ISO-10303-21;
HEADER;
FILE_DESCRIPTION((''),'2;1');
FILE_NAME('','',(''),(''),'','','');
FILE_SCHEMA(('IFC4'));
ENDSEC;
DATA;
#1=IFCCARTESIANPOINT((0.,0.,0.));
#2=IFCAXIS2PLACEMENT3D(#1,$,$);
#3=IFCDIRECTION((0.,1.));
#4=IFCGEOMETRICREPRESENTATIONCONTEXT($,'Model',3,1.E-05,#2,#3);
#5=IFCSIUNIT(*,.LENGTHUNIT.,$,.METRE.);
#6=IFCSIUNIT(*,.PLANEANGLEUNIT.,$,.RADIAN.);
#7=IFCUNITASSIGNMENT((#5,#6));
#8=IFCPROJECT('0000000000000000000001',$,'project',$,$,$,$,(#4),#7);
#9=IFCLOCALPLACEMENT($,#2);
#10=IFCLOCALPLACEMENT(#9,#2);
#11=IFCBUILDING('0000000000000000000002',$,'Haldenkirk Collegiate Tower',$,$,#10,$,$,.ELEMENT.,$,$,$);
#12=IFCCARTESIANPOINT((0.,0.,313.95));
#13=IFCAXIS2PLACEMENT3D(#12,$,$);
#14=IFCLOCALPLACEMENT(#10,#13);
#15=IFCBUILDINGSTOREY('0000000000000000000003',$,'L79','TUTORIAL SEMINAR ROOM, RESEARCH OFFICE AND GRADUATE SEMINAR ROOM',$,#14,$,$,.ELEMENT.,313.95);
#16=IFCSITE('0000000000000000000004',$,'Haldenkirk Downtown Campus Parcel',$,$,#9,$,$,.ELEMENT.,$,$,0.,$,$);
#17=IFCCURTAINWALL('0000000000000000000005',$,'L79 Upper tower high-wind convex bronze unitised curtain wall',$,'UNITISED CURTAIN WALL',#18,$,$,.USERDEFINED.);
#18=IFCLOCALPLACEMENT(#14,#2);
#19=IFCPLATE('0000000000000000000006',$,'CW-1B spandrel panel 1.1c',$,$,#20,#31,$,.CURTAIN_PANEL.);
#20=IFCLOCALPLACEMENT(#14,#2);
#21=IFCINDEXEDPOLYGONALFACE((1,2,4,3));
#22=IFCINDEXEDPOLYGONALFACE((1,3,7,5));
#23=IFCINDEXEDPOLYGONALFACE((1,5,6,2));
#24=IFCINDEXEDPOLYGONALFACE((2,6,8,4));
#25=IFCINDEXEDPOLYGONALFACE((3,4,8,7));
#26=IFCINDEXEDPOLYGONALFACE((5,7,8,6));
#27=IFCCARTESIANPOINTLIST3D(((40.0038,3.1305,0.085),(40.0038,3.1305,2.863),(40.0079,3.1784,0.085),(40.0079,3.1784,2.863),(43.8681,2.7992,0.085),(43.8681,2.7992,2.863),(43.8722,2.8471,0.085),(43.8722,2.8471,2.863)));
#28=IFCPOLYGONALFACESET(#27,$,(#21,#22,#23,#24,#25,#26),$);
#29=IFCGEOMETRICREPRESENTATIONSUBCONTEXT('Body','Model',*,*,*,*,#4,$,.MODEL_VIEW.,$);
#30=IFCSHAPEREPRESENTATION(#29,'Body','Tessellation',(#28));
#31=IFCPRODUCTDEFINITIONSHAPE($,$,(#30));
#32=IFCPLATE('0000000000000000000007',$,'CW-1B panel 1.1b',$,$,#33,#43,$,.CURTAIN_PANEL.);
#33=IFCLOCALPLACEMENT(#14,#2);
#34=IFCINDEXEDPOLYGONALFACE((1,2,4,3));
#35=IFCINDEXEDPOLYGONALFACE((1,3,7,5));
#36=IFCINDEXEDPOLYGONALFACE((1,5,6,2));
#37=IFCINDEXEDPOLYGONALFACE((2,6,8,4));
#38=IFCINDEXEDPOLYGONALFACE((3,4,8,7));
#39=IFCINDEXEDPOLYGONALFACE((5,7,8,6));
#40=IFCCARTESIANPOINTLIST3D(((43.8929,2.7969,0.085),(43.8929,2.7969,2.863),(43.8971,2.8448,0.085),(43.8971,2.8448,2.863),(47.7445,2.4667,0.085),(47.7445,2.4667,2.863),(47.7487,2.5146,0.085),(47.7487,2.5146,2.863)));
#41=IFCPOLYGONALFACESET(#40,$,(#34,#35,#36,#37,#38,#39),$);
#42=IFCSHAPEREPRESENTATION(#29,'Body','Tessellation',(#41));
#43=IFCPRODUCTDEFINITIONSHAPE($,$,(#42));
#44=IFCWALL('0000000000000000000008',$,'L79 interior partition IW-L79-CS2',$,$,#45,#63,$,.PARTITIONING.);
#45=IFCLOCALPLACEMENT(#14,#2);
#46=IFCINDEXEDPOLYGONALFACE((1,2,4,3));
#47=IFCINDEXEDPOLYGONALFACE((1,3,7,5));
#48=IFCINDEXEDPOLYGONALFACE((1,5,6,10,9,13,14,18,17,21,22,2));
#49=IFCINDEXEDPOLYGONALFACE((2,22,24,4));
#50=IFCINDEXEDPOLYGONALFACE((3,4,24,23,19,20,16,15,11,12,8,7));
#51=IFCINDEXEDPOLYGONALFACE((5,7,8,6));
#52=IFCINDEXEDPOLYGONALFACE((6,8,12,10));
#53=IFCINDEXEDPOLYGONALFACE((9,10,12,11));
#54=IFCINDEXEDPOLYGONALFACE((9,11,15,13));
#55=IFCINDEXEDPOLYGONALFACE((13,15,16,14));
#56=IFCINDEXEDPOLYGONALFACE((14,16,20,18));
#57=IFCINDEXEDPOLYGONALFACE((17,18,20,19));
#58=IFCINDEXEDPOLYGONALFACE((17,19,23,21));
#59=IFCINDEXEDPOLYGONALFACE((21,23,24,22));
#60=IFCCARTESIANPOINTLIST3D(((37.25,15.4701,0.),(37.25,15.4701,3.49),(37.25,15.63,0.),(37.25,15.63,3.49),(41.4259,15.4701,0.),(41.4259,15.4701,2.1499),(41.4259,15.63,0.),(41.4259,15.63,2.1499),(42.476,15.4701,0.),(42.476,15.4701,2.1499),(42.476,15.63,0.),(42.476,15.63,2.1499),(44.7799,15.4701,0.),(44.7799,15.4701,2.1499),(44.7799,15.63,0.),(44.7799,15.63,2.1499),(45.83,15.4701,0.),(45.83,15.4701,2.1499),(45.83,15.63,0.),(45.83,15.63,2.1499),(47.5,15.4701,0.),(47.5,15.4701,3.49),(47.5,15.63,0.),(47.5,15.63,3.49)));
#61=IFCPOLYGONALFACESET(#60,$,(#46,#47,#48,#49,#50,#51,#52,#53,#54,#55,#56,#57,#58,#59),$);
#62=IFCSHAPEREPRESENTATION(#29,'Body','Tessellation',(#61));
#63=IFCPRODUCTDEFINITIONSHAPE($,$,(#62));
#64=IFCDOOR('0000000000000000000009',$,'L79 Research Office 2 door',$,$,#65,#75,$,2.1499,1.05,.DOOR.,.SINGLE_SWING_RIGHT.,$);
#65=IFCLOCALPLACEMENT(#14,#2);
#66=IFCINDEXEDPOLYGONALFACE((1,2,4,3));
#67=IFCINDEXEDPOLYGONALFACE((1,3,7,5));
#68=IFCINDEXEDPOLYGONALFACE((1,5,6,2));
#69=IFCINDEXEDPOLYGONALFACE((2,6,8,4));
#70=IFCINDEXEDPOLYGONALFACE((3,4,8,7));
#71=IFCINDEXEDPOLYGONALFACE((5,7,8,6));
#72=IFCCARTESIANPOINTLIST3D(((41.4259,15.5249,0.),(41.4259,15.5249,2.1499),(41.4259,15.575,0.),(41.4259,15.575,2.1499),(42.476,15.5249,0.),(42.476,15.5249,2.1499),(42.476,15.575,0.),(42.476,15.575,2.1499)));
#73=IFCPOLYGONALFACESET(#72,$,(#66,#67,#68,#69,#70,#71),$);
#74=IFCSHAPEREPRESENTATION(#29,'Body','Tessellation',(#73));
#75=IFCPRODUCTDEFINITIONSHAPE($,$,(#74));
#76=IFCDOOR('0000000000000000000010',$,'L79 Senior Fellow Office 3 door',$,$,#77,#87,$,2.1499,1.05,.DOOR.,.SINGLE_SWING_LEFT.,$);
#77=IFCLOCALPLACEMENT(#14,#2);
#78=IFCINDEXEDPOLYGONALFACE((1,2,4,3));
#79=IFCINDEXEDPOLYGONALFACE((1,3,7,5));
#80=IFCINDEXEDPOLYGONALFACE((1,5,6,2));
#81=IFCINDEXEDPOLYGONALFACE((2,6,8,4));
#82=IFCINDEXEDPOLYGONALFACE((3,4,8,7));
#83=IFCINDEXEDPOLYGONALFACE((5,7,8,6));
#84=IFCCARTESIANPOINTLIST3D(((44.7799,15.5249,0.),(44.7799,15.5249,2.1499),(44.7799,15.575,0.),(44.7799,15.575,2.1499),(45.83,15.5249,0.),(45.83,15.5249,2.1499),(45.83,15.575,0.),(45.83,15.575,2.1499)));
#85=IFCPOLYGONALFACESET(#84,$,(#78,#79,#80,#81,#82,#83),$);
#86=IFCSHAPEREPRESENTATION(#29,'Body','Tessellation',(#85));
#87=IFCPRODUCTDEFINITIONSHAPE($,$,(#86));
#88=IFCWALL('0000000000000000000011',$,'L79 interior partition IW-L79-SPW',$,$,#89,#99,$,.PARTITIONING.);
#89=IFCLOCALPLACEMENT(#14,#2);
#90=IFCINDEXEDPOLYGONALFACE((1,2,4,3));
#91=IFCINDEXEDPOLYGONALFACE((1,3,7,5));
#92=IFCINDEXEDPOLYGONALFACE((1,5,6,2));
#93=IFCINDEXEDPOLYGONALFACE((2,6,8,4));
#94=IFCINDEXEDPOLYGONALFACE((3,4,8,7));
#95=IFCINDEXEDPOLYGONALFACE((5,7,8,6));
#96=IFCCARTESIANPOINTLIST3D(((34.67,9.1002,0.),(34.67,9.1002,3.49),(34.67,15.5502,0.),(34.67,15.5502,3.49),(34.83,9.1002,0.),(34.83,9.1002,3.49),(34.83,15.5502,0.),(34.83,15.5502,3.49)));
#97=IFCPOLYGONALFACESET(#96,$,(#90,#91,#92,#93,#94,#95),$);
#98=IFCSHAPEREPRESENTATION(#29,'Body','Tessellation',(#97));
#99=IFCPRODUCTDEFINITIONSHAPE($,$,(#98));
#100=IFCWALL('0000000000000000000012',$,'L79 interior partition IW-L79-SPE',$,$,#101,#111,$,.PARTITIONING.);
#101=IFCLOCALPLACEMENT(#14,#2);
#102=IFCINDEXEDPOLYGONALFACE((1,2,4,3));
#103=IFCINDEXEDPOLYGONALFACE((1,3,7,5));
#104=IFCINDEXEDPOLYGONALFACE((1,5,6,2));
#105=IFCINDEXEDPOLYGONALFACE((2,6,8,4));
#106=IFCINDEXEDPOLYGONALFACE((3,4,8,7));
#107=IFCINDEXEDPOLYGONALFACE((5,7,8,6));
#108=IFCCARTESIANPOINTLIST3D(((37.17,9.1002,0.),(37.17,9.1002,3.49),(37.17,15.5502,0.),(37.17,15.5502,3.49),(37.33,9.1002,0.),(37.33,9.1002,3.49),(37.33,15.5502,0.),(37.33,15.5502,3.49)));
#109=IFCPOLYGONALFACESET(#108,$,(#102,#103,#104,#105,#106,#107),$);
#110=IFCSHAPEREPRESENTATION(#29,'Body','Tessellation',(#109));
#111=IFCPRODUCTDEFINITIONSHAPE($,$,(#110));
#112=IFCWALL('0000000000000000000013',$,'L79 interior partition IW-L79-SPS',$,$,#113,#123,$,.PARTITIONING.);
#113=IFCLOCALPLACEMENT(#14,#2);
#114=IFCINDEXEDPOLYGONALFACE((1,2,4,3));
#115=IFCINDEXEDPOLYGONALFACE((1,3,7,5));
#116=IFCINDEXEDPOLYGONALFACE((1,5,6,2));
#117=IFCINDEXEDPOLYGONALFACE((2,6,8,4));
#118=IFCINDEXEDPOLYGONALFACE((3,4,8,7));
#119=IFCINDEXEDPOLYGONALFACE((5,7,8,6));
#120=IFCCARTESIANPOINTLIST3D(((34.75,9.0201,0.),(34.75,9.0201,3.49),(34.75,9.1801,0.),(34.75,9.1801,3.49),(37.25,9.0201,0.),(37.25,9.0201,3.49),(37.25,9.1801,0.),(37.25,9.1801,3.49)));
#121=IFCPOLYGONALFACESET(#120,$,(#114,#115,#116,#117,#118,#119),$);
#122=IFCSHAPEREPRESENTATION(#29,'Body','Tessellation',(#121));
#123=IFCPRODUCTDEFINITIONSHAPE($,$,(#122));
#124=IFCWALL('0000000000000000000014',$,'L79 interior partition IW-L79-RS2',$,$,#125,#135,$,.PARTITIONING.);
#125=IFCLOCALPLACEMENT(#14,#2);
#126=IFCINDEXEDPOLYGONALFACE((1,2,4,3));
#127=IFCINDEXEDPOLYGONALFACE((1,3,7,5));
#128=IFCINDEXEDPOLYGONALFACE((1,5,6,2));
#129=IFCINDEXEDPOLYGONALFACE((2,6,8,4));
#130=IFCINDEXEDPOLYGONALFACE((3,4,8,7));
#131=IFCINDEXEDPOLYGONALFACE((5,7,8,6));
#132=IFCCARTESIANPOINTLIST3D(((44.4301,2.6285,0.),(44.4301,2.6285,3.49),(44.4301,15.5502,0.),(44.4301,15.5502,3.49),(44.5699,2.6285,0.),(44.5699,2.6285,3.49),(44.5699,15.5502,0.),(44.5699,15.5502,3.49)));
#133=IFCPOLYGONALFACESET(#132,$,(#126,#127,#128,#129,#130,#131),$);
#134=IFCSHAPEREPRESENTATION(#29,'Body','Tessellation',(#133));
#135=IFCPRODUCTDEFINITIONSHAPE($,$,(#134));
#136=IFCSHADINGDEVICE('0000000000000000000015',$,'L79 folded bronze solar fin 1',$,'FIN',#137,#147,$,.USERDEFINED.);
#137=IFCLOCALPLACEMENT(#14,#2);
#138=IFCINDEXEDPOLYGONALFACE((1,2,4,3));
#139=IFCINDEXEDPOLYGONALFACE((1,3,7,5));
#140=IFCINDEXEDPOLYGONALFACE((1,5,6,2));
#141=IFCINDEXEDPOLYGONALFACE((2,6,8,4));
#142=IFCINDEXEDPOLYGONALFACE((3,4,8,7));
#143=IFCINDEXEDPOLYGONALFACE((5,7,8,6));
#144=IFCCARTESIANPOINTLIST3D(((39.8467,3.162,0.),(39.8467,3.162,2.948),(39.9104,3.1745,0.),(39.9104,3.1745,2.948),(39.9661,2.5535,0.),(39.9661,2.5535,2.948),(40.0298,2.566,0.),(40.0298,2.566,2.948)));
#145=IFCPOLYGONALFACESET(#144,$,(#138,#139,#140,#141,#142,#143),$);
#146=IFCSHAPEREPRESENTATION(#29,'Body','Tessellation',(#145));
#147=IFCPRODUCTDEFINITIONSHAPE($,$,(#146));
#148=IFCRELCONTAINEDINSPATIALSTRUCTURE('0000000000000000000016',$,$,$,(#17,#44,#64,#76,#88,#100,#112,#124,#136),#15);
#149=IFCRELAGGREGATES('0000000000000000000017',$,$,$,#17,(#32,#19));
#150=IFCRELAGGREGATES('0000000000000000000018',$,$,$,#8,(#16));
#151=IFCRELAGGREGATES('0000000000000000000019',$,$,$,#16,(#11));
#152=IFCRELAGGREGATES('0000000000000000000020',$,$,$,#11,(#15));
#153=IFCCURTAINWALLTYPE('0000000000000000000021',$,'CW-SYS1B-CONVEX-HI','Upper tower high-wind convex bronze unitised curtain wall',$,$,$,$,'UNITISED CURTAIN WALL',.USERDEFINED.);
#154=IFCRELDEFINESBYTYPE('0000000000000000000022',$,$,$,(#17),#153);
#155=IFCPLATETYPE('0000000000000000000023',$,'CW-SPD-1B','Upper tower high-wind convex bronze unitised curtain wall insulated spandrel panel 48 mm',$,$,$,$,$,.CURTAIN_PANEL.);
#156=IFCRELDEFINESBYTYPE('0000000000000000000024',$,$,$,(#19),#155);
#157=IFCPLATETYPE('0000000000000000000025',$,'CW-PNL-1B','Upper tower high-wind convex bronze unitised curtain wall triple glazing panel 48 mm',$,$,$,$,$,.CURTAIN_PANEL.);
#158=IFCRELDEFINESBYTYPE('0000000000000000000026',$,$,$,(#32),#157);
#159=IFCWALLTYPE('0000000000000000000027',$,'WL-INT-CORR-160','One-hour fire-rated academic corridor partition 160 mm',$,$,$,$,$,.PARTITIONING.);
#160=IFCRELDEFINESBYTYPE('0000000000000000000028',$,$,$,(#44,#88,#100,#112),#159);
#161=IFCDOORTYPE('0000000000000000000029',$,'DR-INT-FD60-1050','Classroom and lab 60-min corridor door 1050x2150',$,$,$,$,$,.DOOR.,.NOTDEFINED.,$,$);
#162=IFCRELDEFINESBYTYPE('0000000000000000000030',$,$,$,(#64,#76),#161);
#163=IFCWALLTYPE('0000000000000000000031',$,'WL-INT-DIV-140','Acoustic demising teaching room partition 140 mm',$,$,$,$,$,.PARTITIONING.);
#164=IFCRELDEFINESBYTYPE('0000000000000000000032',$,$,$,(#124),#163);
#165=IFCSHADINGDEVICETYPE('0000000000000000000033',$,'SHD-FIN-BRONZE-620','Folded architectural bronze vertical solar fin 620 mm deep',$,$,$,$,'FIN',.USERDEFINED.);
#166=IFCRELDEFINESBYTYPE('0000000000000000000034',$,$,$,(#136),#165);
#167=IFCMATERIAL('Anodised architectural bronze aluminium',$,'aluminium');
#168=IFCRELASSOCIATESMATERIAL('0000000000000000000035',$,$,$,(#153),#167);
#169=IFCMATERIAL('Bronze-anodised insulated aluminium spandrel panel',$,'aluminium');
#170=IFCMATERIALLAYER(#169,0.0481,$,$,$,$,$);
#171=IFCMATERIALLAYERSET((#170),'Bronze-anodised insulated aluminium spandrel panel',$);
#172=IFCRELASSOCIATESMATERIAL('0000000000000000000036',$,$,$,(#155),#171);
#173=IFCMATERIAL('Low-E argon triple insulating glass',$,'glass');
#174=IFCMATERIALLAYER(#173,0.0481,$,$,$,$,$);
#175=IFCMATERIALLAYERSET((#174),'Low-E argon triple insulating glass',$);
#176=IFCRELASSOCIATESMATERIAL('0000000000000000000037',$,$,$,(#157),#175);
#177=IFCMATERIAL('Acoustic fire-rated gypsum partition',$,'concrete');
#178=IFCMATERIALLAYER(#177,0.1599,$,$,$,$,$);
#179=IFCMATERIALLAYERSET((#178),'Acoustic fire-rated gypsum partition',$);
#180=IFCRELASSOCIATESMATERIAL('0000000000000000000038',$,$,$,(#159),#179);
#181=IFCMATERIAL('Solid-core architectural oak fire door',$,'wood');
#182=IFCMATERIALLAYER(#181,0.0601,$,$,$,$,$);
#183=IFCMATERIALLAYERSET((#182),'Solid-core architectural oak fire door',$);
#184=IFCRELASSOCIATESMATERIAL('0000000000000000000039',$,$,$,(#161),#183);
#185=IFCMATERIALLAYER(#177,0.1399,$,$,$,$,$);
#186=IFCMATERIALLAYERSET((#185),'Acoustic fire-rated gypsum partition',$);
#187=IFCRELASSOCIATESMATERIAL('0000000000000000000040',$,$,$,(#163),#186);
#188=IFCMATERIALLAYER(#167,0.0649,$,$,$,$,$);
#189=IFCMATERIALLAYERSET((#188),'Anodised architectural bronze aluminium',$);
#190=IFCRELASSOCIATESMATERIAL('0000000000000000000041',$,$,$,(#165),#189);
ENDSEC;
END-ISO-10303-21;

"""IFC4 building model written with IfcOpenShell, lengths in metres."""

from ifc_helpers import new_model, si_unit, direction, frame, frame_2d, origin, origin_2d, place, context, subcontext, project, spatial, rectangle, extrude, source, transform, mapped, material, layer, layer_set, type_object, element, fill, aggregate, save


model = new_model("IFC4")

# Units and contexts
model_context = context("Model", 3, precision=1e-05, world=origin(), true_north=direction((0.0, 1.0)))
body_context = subcontext(model_context, "Body", "Model", "MODEL_VIEW")
ifc_project = project(units=[si_unit("LENGTHUNIT", "METRE"), si_unit("PLANEANGLEUNIT", "RADIAN")], contexts=[model_context])

# Site, building, storey
site_placement = place(None, origin())
site = spatial("IfcSite", under=ifc_project, at=site_placement, Name="Haldenkirk Downtown Campus Parcel", CompositionType="ELEMENT", RefElevation=0.0)
building_placement = place(site_placement, origin())
building = spatial("IfcBuilding", under=site, at=building_placement, Name="Haldenkirk Collegiate Tower", CompositionType="ELEMENT")
storey_placement = place(building_placement, frame((0.0, 0.0, 313.95)))
storey = spatial("IfcBuildingStorey", under=building, at=storey_placement, Name="L79", Description="TUTORIAL SEMINAR ROOM, RESEARCH OFFICE AND GRADUATE SEMINAR ROOM", CompositionType="ELEMENT", Elevation=313.95)

# Curtain wall, plates
ifc_material_1 = material(Name="Anodised architectural bronze aluminium", Category="aluminium")
curtain_wall_type = type_object("IfcCurtainWallType", Name="CW-SYS1B-CONVEX-HI", Description="Upper tower high-wind convex bronze unitised curtain wall", ElementType="UNITISED CURTAIN WALL", PredefinedType="USERDEFINED", material=ifc_material_1)
curtain_wall_placement = place(storey_placement, origin())
curtain_wall = element("IfcCurtainWall", 1, at=curtain_wall_placement, inside=storey, type_object=curtain_wall_type, Name="L79 Upper tower high-wind convex bronze unitised curtain wall", ObjectType="UNITISED CURTAIN WALL", PredefinedType="USERDEFINED")
ifc_material_2 = material(Name="Bronze-anodised insulated aluminium spandrel panel", Category="aluminium")
ifc_layer_1 = layer(ifc_material_2, 0.0481)
ifc_layer_set_1 = layer_set([ifc_layer_1], Name="Bronze-anodised insulated aluminium spandrel panel")
plate_type_1 = type_object("IfcPlateType", Name="CW-SPD-1B", Description="Upper tower high-wind convex bronze unitised curtain wall insulated spandrel panel 48 mm", PredefinedType="CURTAIN_PANEL", material=ifc_layer_set_1)
ifc_material_3 = material(Name="Low-E argon triple insulating glass", Category="glass")
ifc_layer_2 = layer(ifc_material_3, 0.0481)
ifc_layer_set_2 = layer_set([ifc_layer_2], Name="Low-E argon triple insulating glass")
plate_type_2 = type_object("IfcPlateType", Name="CW-PNL-1B", Description="Upper tower high-wind convex bronze unitised curtain wall triple glazing panel 48 mm", PredefinedType="CURTAIN_PANEL", material=ifc_layer_set_2)
shared_shape_1 = source(origin(), body_context, "Body", "SweptSolid", [
    extrude(rectangle(XDim=3.8784, YDim=0.0481, at=origin_2d()), origin(), (0.0, 0.0, 1.0), 2.7781),
])
plate_1_placement = place(storey_placement, frame((41.938, 2.9888, 0.085), z_axis=(0.0, 0.0, 1.0), x_axis=(-0.996345, 0.085418, 0.0)))
plate_1 = element("IfcPlate", 2, at=plate_1_placement, type_object=plate_type_1, Name="CW-1B spandrel panel 1.1c", PredefinedType="CURTAIN_PANEL", context=body_context, shape_type="MappedRepresentation", body=[
    mapped(shared_shape_1, transform((0.0, 0.0, 0.0), x_axis=(1.0, 0.0, 0.0), y_axis=(0.0, 1.0, 0.0), z_axis=(0.0, 0.0, 1.0), scale=1.0)),
])
shared_shape_2 = source(origin(), body_context, "Body", "SweptSolid", [
    extrude(rectangle(XDim=3.8657, YDim=0.0481, at=origin_2d()), origin(), (0.0, 0.0, 1.0), 2.7781),
])
plate_2_placement = place(storey_placement, frame((45.8208, 2.6558, 0.085), z_axis=(0.0, 0.0, 1.0), x_axis=(-0.996345, 0.085418, 0.0)))
plate_2 = element("IfcPlate", 3, at=plate_2_placement, type_object=plate_type_2, Name="CW-1B panel 1.1b", PredefinedType="CURTAIN_PANEL", context=body_context, shape_type="MappedRepresentation", body=[
    mapped(shared_shape_2, transform((0.0, 0.0, 0.0), x_axis=(1.0, 0.0, 0.0), y_axis=(0.0, 1.0, 0.0), z_axis=(0.0, 0.0, 1.0), scale=1.0)),
])
aggregate(curtain_wall, [plate_2, plate_1])

# Wall, openings, doors
ifc_material_4 = material(Name="Acoustic fire-rated gypsum partition", Category="concrete")
ifc_layer_3 = layer(ifc_material_4, 0.1599)
ifc_layer_set_3 = layer_set([ifc_layer_3], Name="Acoustic fire-rated gypsum partition")
wall_type_1 = type_object("IfcWallType", Name="WL-INT-CORR-160", Description="One-hour fire-rated academic corridor partition 160 mm", PredefinedType="PARTITIONING", material=ifc_layer_set_3)
wall_1_placement = place(storey_placement, frame((37.25, 15.55, 0.0), z_axis=(0.0, 0.0, 1.0), x_axis=(1.0, 0.0, 0.0)))
wall_1 = element("IfcWall", 4, at=wall_1_placement, inside=storey, type_object=wall_type_1, Name="L79 interior partition IW-L79-CS2", PredefinedType="PARTITIONING", context=body_context, shape_type="SweptSolid", body=[
    extrude(rectangle(XDim=10.25, YDim=0.1599, at=frame_2d((5.125, 0.0))), origin(), (0.0, 0.0, 1.0), 3.49),
])
opening_1_placement = place(wall_1_placement, frame((4.176, 0.0, 0.0)))
opening_1 = element("IfcOpeningElement", 5, at=opening_1_placement, cuts=wall_1, PredefinedType="OPENING", context=body_context, shape_type="SweptSolid", body=[
    extrude(rectangle(XDim=1.05, YDim=2.1499, at=frame_2d((0.5249, 1.075))), frame((0.0, 0.0898, 0.0), z_axis=(0.0, -1.0, 0.0), x_axis=(1.0, 0.0, 0.0)), (0.0, 0.0, 1.0), 0.1799),
])
opening_2_placement = place(wall_1_placement, frame((7.53, 0.0, 0.0)))
opening_2 = element("IfcOpeningElement", 6, at=opening_2_placement, cuts=wall_1, PredefinedType="OPENING", context=body_context, shape_type="SweptSolid", body=[
    extrude(rectangle(XDim=1.05, YDim=2.1499, at=frame_2d((0.5249, 1.075))), frame((0.0, 0.0898, 0.0), z_axis=(0.0, -1.0, 0.0), x_axis=(1.0, 0.0, 0.0)), (0.0, 0.0, 1.0), 0.1799),
])
ifc_material_5 = material(Name="Solid-core architectural oak fire door", Category="wood")
ifc_layer_4 = layer(ifc_material_5, 0.0601)
ifc_layer_set_4 = layer_set([ifc_layer_4], Name="Solid-core architectural oak fire door")
door_type = type_object("IfcDoorType", Name="DR-INT-FD60-1050", Description="Classroom and lab 60-min corridor door 1050x2150", OperationType="NOTDEFINED", PredefinedType="DOOR", material=ifc_layer_set_4)
door_1_placement = place(opening_1_placement, origin())
door_1 = element("IfcDoor", 7, at=door_1_placement, inside=storey, type_object=door_type, Name="L79 Research Office 2 door", OperationType="SINGLE_SWING_RIGHT", OverallHeight=2.1499, OverallWidth=1.05, PredefinedType="DOOR", context=body_context, shape_type="SweptSolid", body=[
    extrude(rectangle(XDim=1.05, YDim=2.1499, at=frame_2d((0.5249, 1.075))), frame((0.0, 0.0249, 0.0), z_axis=(0.0, -1.0, 0.0), x_axis=(1.0, 0.0, 0.0)), (0.0, 0.0, 1.0), 0.05),
])
fill(opening_1, door_1)
door_2_placement = place(opening_2_placement, origin())
door_2 = element("IfcDoor", 8, at=door_2_placement, inside=storey, type_object=door_type, Name="L79 Senior Fellow Office 3 door", OperationType="SINGLE_SWING_LEFT", OverallHeight=2.1499, OverallWidth=1.05, PredefinedType="DOOR", context=body_context, shape_type="SweptSolid", body=[
    extrude(rectangle(XDim=1.05, YDim=2.1499, at=frame_2d((0.5249, 1.075))), frame((0.0, 0.0249, 0.0), z_axis=(0.0, -1.0, 0.0), x_axis=(1.0, 0.0, 0.0)), (0.0, 0.0, 1.0), 0.05),
])
fill(opening_2, door_2)

# Walls
for number, where, z_axis, x_axis, name in (
    (9, (34.75, 9.1001, 0.0), (0.0, 0.0, 1.0), (0.0, 1.0, 0.0), "L79 interior partition IW-L79-SPW"),
    (10, (37.25, 9.1001, 0.0), (0.0, 0.0, 1.0), (0.0, 1.0, 0.0), "L79 interior partition IW-L79-SPE"),
):
    element("IfcWall", number, at=place(storey_placement, frame(where, z_axis=z_axis, x_axis=x_axis)), inside=storey, type_object=wall_type_1, Name=name, PredefinedType="PARTITIONING", context=body_context, shape_type="SweptSolid", body=[
        extrude(rectangle(XDim=6.45, YDim=0.1599, at=frame_2d((3.2251, 0.0))), origin(), (0.0, 0.0, 1.0), 3.49),
    ])
wall_2_placement = place(storey_placement, frame((34.75, 9.1001, 0.0), z_axis=(0.0, 0.0, 1.0), x_axis=(1.0, 0.0, 0.0)))
element("IfcWall", 11, at=wall_2_placement, inside=storey, type_object=wall_type_1, Name="L79 interior partition IW-L79-SPS", PredefinedType="PARTITIONING", context=body_context, shape_type="SweptSolid", body=[
    extrude(rectangle(XDim=2.5, YDim=0.1599, at=frame_2d((1.25, 0.0))), origin(), (0.0, 0.0, 1.0), 3.49),
])
ifc_layer_5 = layer(ifc_material_4, 0.1399)
ifc_layer_set_5 = layer_set([ifc_layer_5], Name="Acoustic fire-rated gypsum partition")
wall_type_2 = type_object("IfcWallType", Name="WL-INT-DIV-140", Description="Acoustic demising teaching room partition 140 mm", PredefinedType="PARTITIONING", material=ifc_layer_set_5)
wall_3_placement = place(storey_placement, frame((44.5, 2.6284, 0.0), z_axis=(0.0, 0.0, 1.0), x_axis=(0.0, 1.0, 0.0)))
element("IfcWall", 12, at=wall_3_placement, inside=storey, type_object=wall_type_2, Name="L79 interior partition IW-L79-RS2", PredefinedType="PARTITIONING", context=body_context, shape_type="SweptSolid", body=[
    extrude(rectangle(XDim=12.9216, YDim=0.1399, at=frame_2d((6.4609, 0.0))), origin(), (0.0, 0.0, 1.0), 3.49),
])

# Shading device
ifc_layer_6 = layer(ifc_material_1, 0.0649)
ifc_layer_set_6 = layer_set([ifc_layer_6], Name="Anodised architectural bronze aluminium")
shading_device_type = type_object("IfcShadingDeviceType", Name="SHD-FIN-BRONZE-620", Description="Folded architectural bronze vertical solar fin 620 mm deep", ElementType="FIN", PredefinedType="USERDEFINED", material=ifc_layer_set_6)
shared_shape_3 = source(origin(), body_context, "Body", "SweptSolid", [
    extrude(rectangle(XDim=0.6201, YDim=0.0649, at=origin_2d()), origin(), (0.0, 0.0, 1.0), 2.948),
])
shading_device_placement = place(storey_placement, frame((39.9382, 2.864, 0.0), z_axis=(0.0, 0.0, 1.0), x_axis=(0.192522, -0.981293, 0.0)))
element("IfcShadingDevice", 13, at=shading_device_placement, inside=storey, type_object=shading_device_type, Name="L79 folded bronze solar fin 1", ObjectType="FIN", PredefinedType="USERDEFINED", context=body_context, shape_type="MappedRepresentation", body=[
    mapped(shared_shape_3, transform((0.0, 0.0, 0.0), x_axis=(1.0, 0.0, 0.0), y_axis=(0.0, 1.0, 0.0), z_axis=(0.0, 0.0, 1.0), scale=1.0)),
])

save(model, "model.ifc")
